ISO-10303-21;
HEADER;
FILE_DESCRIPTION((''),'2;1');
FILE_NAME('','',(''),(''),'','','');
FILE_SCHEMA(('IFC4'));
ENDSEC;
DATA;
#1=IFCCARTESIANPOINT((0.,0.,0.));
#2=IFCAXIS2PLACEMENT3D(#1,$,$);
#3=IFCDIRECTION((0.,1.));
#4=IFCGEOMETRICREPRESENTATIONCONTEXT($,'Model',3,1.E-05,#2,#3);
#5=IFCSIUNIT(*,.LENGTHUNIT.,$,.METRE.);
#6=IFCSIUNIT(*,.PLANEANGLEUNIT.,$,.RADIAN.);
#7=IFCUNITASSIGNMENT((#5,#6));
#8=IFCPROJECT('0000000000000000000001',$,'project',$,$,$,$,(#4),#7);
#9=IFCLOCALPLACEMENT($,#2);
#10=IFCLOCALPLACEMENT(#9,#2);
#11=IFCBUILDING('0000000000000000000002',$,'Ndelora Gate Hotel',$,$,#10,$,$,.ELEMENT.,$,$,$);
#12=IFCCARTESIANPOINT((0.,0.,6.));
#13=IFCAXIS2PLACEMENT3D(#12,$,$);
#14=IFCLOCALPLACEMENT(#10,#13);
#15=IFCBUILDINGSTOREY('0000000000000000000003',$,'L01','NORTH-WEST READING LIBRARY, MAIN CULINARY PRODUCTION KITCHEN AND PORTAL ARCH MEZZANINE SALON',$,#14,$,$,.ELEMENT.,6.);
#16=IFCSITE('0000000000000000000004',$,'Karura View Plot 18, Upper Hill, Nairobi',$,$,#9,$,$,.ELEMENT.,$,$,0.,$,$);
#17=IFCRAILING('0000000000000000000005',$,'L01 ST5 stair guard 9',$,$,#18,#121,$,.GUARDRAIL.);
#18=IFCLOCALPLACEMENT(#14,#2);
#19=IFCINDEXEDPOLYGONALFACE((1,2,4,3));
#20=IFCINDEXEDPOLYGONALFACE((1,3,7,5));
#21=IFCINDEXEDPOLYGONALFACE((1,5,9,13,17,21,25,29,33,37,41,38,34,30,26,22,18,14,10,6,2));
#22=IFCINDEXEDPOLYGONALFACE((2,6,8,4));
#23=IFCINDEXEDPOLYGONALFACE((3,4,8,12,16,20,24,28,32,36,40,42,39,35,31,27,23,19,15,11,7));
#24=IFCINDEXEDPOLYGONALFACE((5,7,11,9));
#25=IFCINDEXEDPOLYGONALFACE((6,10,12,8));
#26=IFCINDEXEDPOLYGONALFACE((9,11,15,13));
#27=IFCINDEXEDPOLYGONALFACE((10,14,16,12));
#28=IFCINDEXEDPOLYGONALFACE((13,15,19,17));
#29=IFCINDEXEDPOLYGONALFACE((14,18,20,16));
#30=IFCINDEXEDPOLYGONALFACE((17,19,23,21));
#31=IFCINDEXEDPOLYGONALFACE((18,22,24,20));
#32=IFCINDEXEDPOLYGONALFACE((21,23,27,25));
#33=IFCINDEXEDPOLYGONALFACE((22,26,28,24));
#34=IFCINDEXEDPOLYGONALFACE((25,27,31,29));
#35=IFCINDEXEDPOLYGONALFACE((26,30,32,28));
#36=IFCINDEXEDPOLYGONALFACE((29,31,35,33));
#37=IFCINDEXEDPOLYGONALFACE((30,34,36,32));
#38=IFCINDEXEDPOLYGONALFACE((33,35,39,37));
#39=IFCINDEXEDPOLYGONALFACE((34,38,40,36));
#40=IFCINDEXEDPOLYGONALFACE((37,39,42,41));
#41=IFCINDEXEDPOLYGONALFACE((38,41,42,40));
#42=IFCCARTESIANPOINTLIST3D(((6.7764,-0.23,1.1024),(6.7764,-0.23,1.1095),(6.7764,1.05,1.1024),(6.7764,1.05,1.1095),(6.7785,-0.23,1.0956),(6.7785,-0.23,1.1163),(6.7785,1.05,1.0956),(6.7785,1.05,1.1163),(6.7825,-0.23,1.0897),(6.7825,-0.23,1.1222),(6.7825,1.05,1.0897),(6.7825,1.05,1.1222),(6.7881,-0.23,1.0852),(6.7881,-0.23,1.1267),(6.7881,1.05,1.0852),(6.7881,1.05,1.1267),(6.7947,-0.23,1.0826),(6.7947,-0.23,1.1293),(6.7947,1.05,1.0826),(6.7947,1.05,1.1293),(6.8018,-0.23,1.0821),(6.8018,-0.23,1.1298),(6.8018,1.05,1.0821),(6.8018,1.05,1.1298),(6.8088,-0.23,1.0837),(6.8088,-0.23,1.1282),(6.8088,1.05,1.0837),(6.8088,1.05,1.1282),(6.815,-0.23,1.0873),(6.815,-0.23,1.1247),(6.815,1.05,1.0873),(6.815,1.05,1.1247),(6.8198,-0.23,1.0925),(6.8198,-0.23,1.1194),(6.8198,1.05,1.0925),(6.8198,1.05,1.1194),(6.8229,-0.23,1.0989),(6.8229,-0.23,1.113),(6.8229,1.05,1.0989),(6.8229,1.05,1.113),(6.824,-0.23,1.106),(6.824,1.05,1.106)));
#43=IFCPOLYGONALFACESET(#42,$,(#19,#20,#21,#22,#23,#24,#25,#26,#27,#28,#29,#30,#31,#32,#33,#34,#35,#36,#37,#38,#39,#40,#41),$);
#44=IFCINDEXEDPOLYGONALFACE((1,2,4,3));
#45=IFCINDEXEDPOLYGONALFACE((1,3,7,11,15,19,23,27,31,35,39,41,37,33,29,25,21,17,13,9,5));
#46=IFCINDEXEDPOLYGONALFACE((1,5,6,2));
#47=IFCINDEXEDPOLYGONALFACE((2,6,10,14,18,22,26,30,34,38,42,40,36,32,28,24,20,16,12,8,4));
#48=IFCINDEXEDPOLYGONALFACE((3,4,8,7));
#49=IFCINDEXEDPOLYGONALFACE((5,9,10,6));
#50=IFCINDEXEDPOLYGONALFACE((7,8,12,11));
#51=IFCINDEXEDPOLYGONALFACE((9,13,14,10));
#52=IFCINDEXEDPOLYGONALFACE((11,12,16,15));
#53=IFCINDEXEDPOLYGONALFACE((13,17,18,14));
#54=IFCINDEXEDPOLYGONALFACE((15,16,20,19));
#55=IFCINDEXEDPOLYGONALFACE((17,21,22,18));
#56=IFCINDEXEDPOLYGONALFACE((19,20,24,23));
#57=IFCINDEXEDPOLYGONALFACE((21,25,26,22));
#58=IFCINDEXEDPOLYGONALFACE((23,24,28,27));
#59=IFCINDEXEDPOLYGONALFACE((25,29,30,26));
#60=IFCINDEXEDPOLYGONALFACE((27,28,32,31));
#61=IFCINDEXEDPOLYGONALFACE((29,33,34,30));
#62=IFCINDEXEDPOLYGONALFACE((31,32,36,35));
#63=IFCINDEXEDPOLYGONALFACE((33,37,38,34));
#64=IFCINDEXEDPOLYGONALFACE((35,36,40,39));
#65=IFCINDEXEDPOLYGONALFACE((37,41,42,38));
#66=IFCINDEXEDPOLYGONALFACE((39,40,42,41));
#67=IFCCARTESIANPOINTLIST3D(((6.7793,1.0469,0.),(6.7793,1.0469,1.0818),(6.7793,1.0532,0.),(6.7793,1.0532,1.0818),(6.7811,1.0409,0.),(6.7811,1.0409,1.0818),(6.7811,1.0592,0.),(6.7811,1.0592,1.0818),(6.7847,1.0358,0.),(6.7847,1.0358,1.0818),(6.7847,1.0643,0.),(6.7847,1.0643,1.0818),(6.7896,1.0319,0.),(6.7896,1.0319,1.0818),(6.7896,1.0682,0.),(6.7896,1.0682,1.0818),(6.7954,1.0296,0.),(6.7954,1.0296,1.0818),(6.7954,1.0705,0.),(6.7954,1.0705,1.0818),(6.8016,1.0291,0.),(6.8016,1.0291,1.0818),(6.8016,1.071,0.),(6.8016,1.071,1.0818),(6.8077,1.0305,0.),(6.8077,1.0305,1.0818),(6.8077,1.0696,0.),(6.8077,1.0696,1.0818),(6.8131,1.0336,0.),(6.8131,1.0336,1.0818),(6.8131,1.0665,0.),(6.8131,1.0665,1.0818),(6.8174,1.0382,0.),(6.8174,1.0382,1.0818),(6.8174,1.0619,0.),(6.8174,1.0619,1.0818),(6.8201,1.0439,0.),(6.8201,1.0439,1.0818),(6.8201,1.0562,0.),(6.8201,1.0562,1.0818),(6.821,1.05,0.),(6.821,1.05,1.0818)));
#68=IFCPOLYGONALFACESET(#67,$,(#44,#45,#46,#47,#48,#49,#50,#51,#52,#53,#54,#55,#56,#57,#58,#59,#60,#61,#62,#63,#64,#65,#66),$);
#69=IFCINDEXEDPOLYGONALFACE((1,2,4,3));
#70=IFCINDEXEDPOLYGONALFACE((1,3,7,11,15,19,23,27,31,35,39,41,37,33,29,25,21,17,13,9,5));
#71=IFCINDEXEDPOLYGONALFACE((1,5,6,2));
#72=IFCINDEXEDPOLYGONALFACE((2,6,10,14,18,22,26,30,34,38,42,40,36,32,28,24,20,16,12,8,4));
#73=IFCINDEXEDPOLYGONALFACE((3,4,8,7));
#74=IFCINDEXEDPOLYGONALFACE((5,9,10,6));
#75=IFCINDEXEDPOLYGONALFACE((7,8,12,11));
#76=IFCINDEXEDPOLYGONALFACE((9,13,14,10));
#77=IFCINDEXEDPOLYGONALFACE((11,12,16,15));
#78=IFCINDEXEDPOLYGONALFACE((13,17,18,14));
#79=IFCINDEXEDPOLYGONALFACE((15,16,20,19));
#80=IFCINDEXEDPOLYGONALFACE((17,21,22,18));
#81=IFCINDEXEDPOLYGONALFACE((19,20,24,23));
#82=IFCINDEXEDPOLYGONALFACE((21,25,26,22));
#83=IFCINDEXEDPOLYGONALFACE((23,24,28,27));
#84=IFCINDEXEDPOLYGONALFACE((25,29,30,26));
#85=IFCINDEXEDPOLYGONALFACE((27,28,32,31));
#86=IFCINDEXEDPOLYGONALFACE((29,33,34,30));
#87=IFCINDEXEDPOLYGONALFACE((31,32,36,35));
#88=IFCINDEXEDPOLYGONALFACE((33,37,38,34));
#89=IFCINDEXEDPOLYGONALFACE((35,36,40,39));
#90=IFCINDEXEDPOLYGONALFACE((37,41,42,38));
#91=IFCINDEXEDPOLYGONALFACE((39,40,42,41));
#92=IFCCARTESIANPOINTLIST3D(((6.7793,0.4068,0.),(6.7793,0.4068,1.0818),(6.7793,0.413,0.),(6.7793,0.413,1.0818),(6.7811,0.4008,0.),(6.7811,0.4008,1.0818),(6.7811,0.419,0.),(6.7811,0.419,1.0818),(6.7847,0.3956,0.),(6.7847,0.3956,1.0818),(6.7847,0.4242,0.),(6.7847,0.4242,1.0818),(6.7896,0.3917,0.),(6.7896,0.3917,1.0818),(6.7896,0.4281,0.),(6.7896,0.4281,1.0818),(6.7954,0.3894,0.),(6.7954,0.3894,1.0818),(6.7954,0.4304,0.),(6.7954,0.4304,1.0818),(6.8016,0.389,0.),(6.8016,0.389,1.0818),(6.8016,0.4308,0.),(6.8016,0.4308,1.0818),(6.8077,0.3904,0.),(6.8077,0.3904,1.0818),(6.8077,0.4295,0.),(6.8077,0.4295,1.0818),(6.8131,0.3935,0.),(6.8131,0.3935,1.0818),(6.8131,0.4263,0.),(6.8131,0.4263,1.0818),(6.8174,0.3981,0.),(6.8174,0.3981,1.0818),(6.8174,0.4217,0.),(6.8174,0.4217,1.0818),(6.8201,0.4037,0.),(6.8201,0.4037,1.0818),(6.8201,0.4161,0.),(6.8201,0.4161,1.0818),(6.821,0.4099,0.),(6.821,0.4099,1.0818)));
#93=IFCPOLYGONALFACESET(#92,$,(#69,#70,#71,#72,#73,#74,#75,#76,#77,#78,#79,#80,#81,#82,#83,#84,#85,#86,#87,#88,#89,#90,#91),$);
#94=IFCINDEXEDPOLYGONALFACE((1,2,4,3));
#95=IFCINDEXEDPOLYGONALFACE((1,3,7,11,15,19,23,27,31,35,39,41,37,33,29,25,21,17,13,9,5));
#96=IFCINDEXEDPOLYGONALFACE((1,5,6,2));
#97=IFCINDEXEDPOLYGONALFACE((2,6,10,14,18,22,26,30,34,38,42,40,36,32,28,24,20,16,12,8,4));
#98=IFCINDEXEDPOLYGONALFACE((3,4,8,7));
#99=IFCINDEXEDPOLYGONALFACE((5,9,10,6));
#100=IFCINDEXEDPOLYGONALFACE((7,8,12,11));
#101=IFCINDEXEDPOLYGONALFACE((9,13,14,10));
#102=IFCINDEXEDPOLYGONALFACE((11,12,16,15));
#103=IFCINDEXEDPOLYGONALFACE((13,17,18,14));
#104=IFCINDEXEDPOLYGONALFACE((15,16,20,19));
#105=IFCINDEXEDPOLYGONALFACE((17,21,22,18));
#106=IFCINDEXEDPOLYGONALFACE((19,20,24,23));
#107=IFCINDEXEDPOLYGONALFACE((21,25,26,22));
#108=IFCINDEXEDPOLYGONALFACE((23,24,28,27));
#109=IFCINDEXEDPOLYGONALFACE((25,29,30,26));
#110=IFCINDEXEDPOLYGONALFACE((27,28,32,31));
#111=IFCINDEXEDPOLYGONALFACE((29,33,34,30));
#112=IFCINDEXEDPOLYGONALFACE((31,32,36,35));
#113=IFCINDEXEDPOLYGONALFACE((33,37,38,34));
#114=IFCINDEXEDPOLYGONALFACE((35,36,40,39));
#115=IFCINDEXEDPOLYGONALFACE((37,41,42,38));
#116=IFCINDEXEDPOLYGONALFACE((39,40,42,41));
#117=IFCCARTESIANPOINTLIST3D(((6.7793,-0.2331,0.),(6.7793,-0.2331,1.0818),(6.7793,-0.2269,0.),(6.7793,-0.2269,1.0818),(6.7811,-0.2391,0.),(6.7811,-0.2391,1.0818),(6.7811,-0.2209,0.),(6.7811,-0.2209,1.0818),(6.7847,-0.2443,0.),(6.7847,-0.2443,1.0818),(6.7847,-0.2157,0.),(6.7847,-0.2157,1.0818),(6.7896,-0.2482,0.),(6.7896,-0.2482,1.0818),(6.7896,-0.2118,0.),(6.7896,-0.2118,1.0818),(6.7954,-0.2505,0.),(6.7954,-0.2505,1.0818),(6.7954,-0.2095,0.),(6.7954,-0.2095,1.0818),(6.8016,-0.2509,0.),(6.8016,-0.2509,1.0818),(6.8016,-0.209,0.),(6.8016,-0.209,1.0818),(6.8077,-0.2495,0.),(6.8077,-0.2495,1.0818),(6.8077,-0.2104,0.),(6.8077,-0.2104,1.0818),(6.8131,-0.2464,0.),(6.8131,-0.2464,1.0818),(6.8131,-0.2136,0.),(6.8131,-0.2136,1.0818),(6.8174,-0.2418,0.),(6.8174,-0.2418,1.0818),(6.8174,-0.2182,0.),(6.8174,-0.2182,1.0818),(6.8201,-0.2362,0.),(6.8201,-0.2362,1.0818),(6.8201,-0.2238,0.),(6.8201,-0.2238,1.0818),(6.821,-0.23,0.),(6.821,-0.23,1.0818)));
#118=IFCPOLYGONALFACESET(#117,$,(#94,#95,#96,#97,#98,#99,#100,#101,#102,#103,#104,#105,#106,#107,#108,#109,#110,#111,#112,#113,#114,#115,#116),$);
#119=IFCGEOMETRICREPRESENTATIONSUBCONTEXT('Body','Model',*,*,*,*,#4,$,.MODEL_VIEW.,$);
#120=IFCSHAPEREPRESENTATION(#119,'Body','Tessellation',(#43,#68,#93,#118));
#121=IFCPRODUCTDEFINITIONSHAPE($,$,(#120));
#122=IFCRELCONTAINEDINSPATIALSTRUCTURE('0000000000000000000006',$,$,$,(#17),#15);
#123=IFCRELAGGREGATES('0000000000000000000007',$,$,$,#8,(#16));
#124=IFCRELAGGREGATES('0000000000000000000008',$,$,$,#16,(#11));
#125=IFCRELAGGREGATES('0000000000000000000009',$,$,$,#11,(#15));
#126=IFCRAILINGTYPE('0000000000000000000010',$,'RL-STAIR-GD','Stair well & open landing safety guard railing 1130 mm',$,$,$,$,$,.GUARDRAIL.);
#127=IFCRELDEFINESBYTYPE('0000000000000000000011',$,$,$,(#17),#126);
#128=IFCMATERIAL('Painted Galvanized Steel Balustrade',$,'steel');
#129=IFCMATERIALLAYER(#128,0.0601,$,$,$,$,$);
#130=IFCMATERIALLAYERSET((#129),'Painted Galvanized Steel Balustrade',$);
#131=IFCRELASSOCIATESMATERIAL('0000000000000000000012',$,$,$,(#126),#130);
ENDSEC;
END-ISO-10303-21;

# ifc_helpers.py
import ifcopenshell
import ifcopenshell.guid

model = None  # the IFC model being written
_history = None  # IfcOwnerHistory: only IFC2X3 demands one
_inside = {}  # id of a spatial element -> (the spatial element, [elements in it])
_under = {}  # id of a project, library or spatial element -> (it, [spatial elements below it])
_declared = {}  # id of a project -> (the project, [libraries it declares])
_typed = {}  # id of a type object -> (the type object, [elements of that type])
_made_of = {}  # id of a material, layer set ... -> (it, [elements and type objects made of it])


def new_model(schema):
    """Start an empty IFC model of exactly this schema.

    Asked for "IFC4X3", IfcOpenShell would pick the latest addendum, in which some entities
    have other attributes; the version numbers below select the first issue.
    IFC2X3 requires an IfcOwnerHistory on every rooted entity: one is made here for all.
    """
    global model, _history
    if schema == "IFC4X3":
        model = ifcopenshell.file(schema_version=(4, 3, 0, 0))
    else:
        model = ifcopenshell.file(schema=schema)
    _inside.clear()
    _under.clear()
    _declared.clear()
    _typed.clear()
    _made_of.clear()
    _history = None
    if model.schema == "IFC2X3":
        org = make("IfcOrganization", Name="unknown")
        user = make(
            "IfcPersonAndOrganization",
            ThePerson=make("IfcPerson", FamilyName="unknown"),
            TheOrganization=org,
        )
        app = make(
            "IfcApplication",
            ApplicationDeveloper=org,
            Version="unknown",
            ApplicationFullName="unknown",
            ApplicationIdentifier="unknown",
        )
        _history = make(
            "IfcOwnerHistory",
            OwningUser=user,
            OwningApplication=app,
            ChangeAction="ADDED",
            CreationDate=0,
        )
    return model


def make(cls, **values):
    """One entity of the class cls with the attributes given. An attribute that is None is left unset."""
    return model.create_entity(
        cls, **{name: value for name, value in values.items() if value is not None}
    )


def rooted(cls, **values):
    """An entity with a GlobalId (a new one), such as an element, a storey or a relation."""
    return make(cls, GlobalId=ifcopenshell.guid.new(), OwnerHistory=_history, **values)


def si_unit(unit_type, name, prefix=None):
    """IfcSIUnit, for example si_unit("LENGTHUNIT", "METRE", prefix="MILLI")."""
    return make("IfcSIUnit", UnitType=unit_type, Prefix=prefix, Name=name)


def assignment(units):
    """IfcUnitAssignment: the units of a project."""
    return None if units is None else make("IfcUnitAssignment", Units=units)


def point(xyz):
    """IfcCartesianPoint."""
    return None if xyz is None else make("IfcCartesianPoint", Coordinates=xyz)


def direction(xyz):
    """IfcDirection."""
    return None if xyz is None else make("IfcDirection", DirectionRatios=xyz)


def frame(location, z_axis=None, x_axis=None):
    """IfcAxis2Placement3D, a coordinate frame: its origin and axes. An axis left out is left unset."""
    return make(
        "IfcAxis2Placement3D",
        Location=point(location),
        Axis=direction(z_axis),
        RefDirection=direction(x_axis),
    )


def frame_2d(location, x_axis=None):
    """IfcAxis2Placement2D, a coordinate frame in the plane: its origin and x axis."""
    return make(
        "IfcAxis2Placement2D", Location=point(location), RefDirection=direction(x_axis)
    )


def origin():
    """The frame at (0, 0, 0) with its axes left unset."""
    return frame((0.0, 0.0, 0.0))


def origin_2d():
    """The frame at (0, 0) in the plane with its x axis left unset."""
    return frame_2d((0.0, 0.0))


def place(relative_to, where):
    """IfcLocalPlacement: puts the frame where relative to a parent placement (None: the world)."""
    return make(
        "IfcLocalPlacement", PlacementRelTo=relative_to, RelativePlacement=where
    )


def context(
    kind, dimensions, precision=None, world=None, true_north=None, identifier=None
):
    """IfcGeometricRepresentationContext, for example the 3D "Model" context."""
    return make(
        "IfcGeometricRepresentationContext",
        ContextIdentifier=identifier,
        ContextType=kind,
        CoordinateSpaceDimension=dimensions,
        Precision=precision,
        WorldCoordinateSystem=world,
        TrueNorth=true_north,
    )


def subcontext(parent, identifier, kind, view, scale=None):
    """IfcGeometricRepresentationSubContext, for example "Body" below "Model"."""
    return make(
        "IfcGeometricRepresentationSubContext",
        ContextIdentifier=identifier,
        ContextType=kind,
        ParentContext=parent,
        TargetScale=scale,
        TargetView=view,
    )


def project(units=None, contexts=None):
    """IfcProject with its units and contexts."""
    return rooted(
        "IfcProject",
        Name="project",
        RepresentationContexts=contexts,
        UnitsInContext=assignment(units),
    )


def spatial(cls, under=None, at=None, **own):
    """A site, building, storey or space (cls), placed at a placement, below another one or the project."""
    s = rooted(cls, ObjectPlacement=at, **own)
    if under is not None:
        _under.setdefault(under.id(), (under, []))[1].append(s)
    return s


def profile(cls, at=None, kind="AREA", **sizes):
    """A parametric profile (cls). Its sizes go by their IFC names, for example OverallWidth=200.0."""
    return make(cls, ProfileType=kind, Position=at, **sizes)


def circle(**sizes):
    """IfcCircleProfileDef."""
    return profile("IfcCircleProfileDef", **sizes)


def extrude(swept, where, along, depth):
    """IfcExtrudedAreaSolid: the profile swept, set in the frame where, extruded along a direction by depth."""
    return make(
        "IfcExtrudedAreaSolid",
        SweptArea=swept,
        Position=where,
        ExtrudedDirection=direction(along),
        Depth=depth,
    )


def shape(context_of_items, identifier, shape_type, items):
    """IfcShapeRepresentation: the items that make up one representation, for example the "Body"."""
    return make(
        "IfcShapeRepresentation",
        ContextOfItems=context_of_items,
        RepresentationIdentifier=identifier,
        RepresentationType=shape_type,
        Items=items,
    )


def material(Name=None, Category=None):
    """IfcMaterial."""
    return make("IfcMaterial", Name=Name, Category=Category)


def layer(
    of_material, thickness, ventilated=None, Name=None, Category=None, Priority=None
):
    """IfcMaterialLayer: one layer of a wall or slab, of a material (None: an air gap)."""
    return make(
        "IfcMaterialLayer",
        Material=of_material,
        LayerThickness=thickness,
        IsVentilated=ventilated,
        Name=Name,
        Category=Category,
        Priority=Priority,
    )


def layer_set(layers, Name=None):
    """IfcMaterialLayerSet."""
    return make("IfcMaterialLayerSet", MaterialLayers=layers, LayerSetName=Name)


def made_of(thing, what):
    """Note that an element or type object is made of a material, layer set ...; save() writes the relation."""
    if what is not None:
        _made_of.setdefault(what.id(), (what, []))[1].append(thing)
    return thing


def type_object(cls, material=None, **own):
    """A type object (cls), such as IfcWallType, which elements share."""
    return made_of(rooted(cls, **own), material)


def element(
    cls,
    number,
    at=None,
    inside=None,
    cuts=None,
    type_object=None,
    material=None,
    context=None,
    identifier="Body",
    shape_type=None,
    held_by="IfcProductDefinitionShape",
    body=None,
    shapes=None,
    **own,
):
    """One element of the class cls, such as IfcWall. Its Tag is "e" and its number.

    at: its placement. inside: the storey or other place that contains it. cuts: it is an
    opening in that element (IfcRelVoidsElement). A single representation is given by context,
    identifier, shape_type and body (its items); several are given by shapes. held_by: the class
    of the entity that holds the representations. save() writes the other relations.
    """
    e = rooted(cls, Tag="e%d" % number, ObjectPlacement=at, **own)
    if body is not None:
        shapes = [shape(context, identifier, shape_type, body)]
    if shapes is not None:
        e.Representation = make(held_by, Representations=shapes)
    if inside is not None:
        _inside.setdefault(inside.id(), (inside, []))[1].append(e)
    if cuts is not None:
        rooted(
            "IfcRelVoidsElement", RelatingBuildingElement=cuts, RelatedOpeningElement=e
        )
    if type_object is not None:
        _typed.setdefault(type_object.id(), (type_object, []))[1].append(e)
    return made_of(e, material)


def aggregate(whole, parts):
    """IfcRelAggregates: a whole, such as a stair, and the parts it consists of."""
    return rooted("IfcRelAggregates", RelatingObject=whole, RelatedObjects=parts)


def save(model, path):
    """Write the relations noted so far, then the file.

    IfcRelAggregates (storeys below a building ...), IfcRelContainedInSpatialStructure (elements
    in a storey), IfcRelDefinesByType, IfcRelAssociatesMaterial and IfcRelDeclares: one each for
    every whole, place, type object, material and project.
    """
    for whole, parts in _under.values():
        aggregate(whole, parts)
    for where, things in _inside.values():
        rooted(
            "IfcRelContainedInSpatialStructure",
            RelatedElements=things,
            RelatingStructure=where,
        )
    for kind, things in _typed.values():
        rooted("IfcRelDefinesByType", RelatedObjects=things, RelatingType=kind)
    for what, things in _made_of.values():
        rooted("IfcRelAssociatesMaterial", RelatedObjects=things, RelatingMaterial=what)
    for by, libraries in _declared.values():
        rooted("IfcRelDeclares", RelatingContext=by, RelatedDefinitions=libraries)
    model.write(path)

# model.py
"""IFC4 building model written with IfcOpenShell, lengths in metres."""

from ifc_helpers import new_model, si_unit, direction, frame, origin, origin_2d, place, context, subcontext, project, spatial, circle, extrude, material, layer, layer_set, type_object, element, save


model = new_model("IFC4")

# Units and contexts
model_context = context("Model", 3, precision=1e-05, world=origin(), true_north=direction((0.0, 1.0)))
body_context = subcontext(model_context, "Body", "Model", "MODEL_VIEW")
ifc_project = project(units=[si_unit("LENGTHUNIT", "METRE"), si_unit("PLANEANGLEUNIT", "RADIAN")], contexts=[model_context])

# Site, building, storey
site_placement = place(None, origin())
site = spatial("IfcSite", under=ifc_project, at=site_placement, Name="Karura View Plot 18, Upper Hill, Nairobi", CompositionType="ELEMENT", RefElevation=0.0)
building_placement = place(site_placement, origin())
building = spatial("IfcBuilding", under=site, at=building_placement, Name="Ndelora Gate Hotel", CompositionType="ELEMENT")
storey_placement = place(building_placement, frame((0.0, 0.0, 6.0)))
storey = spatial("IfcBuildingStorey", under=building, at=storey_placement, Name="L01", Description="NORTH-WEST READING LIBRARY, MAIN CULINARY PRODUCTION KITCHEN AND PORTAL ARCH MEZZANINE SALON", CompositionType="ELEMENT", Elevation=6.0)

# Railing
ifc_material_1 = material(Name="Painted Galvanized Steel Balustrade", Category="steel")
ifc_layer_1 = layer(ifc_material_1, 0.0601)
ifc_layer_set_1 = layer_set([ifc_layer_1], Name="Painted Galvanized Steel Balustrade")
railing_type = type_object("IfcRailingType", Name="RL-STAIR-GD", Description="Stair well & open landing safety guard railing 1130 mm", PredefinedType="GUARDRAIL", material=ifc_layer_set_1)
for number, where, name in (
    (1, (6.8, 1.05, 0.0), "L01 ST5 stair guard 9"),
):
    element("IfcRailing", number, at=place(storey_placement, frame(where)), inside=storey, type_object=railing_type, Name=name, PredefinedType="GUARDRAIL", context=body_context, shape_type="SweptSolid", body=[
        extrude(circle(Radius=0.0239, at=origin_2d()), frame((0.0, 0.0, 1.106), z_axis=(0.0, -1.0, 0.0), x_axis=(1.0, 0.0, 0.0)), (0.0, 0.0, 1.0), 1.28),
        extrude(circle(Radius=0.021, at=origin_2d()), origin(), (0.0, 0.0, 1.0), 1.0818),
        extrude(circle(Radius=0.021, at=origin_2d()), frame((0.0, -0.6401, 0.0)), (0.0, 0.0, 1.0), 1.0818),
        extrude(circle(Radius=0.021, at=origin_2d()), frame((0.0, -1.28, 0.0)), (0.0, 0.0, 1.0), 1.0818),
    ])

save(model, "model.ifc")
